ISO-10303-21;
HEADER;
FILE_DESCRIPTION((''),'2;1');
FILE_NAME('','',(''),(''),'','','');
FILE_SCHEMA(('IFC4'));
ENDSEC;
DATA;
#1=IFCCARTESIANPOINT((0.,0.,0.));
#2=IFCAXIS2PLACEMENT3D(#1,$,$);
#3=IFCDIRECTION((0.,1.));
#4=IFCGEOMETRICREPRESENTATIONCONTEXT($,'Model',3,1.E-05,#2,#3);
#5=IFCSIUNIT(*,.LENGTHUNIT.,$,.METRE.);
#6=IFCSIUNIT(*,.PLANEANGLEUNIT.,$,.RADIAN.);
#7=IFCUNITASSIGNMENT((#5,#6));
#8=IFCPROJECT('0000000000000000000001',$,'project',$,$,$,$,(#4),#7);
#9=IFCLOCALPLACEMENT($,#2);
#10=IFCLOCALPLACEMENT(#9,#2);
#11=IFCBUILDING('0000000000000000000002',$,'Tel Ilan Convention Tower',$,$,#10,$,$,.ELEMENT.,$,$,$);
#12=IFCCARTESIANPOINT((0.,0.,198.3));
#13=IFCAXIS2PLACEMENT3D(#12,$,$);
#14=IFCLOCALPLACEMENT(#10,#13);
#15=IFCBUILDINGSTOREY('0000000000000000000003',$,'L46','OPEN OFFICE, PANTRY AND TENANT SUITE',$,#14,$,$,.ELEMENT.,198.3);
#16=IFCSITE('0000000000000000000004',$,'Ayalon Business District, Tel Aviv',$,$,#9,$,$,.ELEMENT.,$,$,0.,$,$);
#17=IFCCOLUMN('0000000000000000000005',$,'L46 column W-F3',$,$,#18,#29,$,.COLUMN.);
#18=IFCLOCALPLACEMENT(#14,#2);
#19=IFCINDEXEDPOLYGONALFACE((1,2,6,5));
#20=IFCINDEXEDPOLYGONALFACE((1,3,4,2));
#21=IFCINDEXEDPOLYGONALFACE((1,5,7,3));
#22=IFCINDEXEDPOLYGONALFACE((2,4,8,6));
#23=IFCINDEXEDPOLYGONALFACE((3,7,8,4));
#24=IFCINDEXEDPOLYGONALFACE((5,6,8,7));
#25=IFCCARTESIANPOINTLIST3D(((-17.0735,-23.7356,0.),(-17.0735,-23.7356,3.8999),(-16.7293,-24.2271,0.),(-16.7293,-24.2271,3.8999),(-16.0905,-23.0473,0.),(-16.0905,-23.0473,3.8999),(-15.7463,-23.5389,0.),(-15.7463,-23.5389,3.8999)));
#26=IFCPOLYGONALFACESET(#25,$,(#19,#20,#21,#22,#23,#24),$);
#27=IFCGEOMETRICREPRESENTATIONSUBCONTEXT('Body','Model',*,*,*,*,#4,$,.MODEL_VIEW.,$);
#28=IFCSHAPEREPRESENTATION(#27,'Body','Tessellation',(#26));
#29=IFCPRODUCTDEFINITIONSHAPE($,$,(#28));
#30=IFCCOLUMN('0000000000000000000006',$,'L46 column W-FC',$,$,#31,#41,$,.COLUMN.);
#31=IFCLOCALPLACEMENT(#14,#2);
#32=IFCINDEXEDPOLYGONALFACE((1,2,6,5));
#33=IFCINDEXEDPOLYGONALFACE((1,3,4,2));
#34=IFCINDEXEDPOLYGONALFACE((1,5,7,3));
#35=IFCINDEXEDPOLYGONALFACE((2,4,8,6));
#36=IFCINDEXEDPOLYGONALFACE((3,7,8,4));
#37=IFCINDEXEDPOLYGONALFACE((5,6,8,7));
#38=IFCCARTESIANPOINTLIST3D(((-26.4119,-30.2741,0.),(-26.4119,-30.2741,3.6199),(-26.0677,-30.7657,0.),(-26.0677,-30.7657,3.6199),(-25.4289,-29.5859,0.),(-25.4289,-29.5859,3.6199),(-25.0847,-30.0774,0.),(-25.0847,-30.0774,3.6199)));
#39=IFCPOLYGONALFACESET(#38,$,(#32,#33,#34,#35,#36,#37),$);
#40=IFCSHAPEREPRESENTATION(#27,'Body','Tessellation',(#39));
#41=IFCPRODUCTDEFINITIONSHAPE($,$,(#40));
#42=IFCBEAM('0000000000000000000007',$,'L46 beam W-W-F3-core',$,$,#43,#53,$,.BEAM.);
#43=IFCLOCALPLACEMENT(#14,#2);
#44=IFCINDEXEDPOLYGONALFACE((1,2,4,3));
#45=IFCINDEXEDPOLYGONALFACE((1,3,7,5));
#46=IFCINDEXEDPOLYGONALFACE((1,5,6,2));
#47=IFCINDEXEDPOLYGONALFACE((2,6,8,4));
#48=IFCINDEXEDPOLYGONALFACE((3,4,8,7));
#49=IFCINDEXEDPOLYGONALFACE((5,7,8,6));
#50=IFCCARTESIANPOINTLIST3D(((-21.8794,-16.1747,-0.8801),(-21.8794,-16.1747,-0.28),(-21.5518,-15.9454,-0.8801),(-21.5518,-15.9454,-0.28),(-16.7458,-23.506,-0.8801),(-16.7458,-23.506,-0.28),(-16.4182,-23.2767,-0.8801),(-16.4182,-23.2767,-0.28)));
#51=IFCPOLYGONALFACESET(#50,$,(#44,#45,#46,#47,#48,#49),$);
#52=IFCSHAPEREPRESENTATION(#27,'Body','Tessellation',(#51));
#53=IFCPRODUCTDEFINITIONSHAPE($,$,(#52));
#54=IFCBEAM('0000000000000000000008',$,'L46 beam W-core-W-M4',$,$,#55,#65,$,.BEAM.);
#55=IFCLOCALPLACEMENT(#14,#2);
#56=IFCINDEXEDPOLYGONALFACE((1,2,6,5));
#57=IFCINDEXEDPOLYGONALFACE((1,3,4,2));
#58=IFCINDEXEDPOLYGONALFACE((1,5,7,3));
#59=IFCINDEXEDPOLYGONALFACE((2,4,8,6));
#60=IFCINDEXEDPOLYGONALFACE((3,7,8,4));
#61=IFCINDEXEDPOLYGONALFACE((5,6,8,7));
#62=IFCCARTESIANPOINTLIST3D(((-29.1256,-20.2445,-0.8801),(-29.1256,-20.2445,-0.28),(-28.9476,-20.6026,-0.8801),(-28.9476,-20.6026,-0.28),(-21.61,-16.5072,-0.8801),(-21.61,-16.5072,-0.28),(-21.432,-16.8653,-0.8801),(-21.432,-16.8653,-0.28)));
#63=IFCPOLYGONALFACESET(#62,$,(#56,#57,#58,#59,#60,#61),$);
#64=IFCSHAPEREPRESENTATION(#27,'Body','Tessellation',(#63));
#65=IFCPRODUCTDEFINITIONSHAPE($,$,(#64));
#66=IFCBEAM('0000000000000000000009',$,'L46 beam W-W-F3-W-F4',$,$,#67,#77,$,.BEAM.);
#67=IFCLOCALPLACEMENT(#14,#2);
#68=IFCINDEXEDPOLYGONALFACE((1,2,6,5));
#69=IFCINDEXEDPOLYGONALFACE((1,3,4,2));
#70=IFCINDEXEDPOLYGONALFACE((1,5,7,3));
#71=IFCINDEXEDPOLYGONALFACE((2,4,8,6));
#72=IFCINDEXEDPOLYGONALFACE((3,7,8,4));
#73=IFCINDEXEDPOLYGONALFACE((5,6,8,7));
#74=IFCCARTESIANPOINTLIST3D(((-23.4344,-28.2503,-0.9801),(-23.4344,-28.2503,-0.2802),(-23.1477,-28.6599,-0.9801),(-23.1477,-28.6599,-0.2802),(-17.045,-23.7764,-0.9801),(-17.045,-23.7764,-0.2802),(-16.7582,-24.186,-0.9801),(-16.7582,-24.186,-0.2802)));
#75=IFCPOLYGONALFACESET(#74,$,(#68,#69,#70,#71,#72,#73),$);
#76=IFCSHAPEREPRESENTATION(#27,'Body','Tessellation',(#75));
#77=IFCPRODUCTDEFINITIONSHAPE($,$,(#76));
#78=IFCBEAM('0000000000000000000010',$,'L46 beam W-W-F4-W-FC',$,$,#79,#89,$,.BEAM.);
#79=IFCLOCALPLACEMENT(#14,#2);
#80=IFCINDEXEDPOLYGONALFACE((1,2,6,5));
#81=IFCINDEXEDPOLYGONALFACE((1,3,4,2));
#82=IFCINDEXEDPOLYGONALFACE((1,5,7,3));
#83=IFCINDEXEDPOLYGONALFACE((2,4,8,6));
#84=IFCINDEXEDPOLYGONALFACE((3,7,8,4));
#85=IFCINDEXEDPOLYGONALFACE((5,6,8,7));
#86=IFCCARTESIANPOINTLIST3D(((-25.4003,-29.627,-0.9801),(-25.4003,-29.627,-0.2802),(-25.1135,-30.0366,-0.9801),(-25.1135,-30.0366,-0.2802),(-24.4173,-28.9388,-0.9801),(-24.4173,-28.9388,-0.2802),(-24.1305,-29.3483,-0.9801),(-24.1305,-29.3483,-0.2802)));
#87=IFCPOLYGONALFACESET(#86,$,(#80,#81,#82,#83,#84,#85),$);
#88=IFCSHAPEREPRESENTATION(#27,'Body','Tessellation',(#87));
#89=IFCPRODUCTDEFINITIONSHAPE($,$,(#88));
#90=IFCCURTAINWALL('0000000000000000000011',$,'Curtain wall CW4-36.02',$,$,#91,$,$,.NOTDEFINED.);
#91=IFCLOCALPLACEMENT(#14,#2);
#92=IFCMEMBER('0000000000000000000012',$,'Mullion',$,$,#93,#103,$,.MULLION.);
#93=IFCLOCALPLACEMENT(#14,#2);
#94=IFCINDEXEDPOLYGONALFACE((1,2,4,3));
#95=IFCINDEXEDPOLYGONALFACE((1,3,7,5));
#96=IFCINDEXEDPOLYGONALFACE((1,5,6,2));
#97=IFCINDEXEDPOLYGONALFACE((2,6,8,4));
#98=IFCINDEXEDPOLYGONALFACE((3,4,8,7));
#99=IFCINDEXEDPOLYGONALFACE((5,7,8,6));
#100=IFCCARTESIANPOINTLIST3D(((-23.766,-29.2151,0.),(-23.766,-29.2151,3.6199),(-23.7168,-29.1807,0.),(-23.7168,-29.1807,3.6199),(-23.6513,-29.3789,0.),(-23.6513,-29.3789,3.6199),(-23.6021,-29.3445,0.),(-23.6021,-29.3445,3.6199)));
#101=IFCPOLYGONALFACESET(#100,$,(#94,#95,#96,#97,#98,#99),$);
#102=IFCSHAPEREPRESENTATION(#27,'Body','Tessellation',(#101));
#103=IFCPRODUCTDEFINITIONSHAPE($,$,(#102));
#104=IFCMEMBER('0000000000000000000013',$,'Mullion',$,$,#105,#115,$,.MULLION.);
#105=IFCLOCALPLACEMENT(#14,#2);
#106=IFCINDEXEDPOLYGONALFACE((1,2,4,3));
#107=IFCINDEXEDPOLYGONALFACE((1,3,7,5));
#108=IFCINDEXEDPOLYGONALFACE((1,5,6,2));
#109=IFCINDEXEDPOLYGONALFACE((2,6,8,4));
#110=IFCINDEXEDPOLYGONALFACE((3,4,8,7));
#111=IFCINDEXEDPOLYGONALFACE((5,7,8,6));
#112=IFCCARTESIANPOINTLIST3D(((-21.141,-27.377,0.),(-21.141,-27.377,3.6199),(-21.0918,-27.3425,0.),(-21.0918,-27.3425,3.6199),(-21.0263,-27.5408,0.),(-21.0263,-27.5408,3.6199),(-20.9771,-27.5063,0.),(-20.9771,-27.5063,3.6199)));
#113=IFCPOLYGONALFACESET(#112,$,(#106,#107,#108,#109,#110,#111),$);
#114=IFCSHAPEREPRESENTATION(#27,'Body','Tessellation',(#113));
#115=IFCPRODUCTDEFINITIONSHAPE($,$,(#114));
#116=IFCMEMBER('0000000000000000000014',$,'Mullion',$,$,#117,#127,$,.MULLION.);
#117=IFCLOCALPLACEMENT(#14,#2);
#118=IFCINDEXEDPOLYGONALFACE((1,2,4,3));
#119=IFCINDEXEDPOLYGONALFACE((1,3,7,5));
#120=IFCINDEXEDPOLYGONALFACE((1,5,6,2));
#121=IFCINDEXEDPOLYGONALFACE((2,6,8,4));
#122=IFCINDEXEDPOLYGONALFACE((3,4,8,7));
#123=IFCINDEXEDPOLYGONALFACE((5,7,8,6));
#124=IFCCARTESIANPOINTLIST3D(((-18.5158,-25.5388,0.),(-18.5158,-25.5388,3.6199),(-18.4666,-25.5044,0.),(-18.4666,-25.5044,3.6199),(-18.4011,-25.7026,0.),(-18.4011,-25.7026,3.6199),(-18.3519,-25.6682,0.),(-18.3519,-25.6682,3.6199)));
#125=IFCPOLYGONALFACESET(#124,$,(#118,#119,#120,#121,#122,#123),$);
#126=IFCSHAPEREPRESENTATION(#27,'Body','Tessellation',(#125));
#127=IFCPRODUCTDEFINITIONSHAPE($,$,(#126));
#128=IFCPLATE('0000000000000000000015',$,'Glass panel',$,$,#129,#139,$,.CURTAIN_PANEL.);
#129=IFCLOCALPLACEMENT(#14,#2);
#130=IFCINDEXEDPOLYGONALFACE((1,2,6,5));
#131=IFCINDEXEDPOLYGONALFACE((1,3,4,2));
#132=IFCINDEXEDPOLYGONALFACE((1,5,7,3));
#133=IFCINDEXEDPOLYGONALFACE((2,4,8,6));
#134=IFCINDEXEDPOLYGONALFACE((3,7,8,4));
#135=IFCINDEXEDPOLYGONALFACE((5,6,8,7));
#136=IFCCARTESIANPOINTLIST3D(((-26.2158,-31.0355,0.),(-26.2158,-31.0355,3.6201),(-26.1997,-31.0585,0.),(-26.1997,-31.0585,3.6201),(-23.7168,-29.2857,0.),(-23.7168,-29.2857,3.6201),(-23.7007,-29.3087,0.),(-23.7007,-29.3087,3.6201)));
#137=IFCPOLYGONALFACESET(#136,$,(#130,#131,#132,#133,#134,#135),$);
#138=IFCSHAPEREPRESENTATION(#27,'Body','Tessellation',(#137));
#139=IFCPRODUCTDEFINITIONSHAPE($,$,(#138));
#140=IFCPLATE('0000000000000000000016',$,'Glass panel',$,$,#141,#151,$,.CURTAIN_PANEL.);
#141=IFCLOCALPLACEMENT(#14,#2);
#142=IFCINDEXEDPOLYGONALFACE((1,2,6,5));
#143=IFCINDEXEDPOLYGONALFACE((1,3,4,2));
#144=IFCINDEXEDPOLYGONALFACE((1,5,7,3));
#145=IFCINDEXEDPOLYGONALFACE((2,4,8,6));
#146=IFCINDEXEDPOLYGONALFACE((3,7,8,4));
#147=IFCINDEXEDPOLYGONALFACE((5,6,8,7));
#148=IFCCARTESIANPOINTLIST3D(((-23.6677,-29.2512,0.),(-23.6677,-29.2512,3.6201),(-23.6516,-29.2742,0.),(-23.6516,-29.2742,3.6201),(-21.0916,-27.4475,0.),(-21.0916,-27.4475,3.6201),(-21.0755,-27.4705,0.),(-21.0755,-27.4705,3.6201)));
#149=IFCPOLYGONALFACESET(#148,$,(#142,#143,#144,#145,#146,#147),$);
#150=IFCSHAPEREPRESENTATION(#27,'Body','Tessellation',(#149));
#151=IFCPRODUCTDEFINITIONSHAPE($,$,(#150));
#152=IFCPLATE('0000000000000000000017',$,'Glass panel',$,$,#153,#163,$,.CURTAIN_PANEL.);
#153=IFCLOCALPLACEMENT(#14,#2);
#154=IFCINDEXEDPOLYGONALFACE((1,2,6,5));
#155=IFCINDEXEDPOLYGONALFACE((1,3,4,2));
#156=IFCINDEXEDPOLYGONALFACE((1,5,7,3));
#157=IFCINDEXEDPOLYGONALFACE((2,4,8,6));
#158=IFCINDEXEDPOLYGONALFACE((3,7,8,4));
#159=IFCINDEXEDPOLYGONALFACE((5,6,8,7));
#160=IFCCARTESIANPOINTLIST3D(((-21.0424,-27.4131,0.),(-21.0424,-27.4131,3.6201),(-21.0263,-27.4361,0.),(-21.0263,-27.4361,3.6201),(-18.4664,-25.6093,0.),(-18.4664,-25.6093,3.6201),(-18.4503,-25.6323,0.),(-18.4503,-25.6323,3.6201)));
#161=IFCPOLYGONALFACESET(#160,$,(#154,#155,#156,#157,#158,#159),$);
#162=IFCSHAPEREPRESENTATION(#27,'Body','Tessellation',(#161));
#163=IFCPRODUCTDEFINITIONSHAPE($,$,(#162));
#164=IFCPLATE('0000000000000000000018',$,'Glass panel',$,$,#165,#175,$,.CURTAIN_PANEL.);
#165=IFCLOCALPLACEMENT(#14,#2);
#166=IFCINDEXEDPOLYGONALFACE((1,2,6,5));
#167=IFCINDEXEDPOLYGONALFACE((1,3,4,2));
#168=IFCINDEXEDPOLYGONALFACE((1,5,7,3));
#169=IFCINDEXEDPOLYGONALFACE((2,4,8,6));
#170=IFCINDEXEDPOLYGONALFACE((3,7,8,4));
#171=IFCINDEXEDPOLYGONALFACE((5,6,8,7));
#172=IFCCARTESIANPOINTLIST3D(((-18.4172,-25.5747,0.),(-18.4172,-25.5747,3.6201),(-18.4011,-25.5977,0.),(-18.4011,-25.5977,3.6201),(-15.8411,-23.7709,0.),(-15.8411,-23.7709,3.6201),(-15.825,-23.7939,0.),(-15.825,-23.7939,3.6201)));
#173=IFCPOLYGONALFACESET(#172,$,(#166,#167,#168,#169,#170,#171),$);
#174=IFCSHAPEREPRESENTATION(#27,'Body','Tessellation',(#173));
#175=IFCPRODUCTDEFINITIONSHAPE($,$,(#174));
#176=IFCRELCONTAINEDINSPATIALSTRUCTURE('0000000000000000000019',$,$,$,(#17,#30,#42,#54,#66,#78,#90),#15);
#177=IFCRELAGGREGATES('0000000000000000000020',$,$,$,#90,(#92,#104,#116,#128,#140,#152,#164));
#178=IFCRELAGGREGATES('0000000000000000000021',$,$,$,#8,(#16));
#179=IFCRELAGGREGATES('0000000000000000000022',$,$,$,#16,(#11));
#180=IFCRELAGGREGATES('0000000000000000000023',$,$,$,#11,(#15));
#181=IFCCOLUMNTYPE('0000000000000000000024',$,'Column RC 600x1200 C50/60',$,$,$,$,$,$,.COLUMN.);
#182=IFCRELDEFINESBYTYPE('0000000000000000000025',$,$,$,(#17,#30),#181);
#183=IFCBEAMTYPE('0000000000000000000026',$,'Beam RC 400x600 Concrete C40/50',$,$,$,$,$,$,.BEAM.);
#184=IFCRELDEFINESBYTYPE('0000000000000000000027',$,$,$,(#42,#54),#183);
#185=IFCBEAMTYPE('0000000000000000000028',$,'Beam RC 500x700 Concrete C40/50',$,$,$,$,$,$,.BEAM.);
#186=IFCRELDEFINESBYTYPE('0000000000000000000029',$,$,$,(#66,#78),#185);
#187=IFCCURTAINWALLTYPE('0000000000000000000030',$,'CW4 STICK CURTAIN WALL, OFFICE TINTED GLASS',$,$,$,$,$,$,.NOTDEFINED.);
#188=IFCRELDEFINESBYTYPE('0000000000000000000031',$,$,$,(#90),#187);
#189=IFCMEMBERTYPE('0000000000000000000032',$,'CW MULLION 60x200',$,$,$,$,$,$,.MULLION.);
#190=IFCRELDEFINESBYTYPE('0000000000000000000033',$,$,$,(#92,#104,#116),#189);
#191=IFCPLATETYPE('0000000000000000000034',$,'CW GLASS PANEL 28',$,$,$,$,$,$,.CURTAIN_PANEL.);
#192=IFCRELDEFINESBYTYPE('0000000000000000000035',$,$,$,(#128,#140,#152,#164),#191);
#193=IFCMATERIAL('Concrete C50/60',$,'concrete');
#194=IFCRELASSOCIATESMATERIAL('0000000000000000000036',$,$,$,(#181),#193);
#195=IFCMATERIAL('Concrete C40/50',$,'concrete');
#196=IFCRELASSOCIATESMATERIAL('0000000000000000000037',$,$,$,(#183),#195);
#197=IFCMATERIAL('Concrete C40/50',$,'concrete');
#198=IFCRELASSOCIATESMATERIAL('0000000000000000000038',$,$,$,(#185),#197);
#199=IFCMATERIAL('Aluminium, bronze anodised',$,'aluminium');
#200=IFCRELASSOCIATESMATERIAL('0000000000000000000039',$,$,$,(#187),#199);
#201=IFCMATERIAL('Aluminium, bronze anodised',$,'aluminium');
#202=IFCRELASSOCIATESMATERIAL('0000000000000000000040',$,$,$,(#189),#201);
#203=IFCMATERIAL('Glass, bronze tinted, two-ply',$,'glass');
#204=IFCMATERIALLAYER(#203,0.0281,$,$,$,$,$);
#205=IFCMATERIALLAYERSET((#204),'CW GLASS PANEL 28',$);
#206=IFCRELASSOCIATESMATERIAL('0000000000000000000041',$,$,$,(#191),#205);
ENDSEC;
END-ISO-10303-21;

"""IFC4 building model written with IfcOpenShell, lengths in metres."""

from ifc_helpers import new_model, si_unit, direction, frame, origin, origin_2d, place, context, subcontext, project, spatial, rectangle, extrude, material, layer, layer_set, material_profile, profile_set, type_object, element, aggregate, save


model = new_model("IFC4")

# Units and contexts
model_context = context("Model", 3, precision=1e-05, world=origin(), true_north=direction((0.0, 1.0)))
body_context = subcontext(model_context, "Body", "Model", "MODEL_VIEW")
ifc_project = project(units=[si_unit("LENGTHUNIT", "METRE"), si_unit("PLANEANGLEUNIT", "RADIAN")], contexts=[model_context])

# Site, building, storey
site_placement = place(None, origin())
site = spatial("IfcSite", under=ifc_project, at=site_placement, Name="Ayalon Business District, Tel Aviv", CompositionType="ELEMENT", RefElevation=0.0)
building_placement = place(site_placement, origin())
building = spatial("IfcBuilding", under=site, at=building_placement, Name="Tel Ilan Convention Tower", CompositionType="ELEMENT")
storey_placement = place(building_placement, frame((0.0, 0.0, 198.3)))
storey = spatial("IfcBuildingStorey", under=building, at=storey_placement, Name="L46", Description="OPEN OFFICE, PANTRY AND TENANT SUITE", CompositionType="ELEMENT", Elevation=198.3)

# Columns
ifc_material_1 = material(Name="Concrete C50/60", Category="concrete")
ifc_material_profile_1 = material_profile(ifc_material_1, rectangle(XDim=1.2, YDim=0.6001, at=origin_2d()), Name="RC 600x1200")
ifc_profile_set_1 = profile_set([ifc_material_profile_1], Name="Concrete C50/60")
column_type = type_object("IfcColumnType", Name="Column RC 600x1200 C50/60", PredefinedType="COLUMN", material=ifc_profile_set_1)
column_1_placement = place(storey_placement, frame((-16.4099, -23.6372, 0.0), z_axis=(0.0, 0.0, 1.0), x_axis=(-0.819152, -0.573576, 0.0)))
element("IfcColumn", 1, at=column_1_placement, inside=storey, type_object=column_type, Name="L46 column W-F3", PredefinedType="COLUMN", context=body_context, shape_type="SweptSolid", body=[
    extrude(rectangle(XDim=1.2, YDim=0.6001, at=origin_2d()), origin(), (0.0, 0.0, 1.0), 3.8999),
])
column_2_placement = place(storey_placement, frame((-25.7483, -30.1758, 0.0), z_axis=(0.0, 0.0, 1.0), x_axis=(-0.819152, -0.573576, 0.0)))
element("IfcColumn", 2, at=column_2_placement, inside=storey, type_object=column_type, Name="L46 column W-FC", PredefinedType="COLUMN", context=body_context, shape_type="SweptSolid", body=[
    extrude(rectangle(XDim=1.2, YDim=0.6001, at=origin_2d()), origin(), (0.0, 0.0, 1.0), 3.6199),
])

# Beams
ifc_material_2 = material(Name="Concrete C40/50", Category="concrete")
ifc_material_profile_2 = material_profile(ifc_material_2, rectangle(XDim=0.3999, YDim=0.6001, at=origin_2d()), Name="RC 400x600")
ifc_profile_set_2 = profile_set([ifc_material_profile_2], Name="Concrete C40/50")
beam_type_1 = type_object("IfcBeamType", Name="Beam RC 400x600 Concrete C40/50", PredefinedType="BEAM", material=ifc_profile_set_2)
beam_1_placement = place(storey_placement, frame((-16.582, -23.3914, -0.5801), z_axis=(-0.573585, 0.819146, 0.0), x_axis=(-0.819146, -0.573585, 0.0)))
element("IfcBeam", 3, at=beam_1_placement, inside=storey, type_object=beam_type_1, Name="L46 beam W-W-F3-core", PredefinedType="BEAM", context=body_context, shape_type="SweptSolid", body=[
    extrude(rectangle(XDim=0.3999, YDim=0.6001, at=origin_2d()), origin(), (0.0, 0.0, 1.0), 8.95),
])
beam_2_placement = place(storey_placement, frame((-21.521, -16.6863, -0.5801), z_axis=(-0.895402, -0.445258, 0.0), x_axis=(0.445258, -0.895402, 0.0)))
element("IfcBeam", 4, at=beam_2_placement, inside=storey, type_object=beam_type_1, Name="L46 beam W-core-W-M4", PredefinedType="BEAM", context=body_context, shape_type="SweptSolid", body=[
    extrude(rectangle(XDim=0.3999, YDim=0.6001, at=origin_2d()), origin(), (0.0, 0.0, 1.0), 8.3936),
])
ifc_material_3 = material(Name="Concrete C40/50", Category="concrete")
ifc_material_profile_3 = material_profile(ifc_material_3, rectangle(XDim=0.5, YDim=0.7, at=origin_2d()), Name="RC 500x700")
ifc_profile_set_3 = profile_set([ifc_material_profile_3], Name="Concrete C40/50")
beam_type_2 = type_object("IfcBeamType", Name="Beam RC 500x700 Concrete C40/50", PredefinedType="BEAM", material=ifc_profile_set_3)
beam_3_placement = place(storey_placement, frame((-16.9016, -23.9812, -0.6301), z_axis=(-0.819154, -0.573574, 0.0), x_axis=(0.573574, -0.819154, 0.0)))
element("IfcBeam", 5, at=beam_3_placement, inside=storey, type_object=beam_type_2, Name="L46 beam W-W-F3-W-F4", PredefinedType="BEAM", context=body_context, shape_type="SweptSolid", body=[
    extrude(rectangle(XDim=0.5, YDim=0.7, at=origin_2d()), origin(), (0.0, 0.0, 1.0), 7.8),
])
beam_4_placement = place(storey_placement, frame((-24.2739, -29.1436, -0.6301), z_axis=(-0.819155, -0.573572, 0.0), x_axis=(0.573572, -0.819155, 0.0)))
element("IfcBeam", 6, at=beam_4_placement, inside=storey, type_object=beam_type_2, Name="L46 beam W-W-F4-W-FC", PredefinedType="BEAM", context=body_context, shape_type="SweptSolid", body=[
    extrude(rectangle(XDim=0.5, YDim=0.7, at=origin_2d()), origin(), (0.0, 0.0, 1.0), 1.2),
])

# Curtain wall, members, plates
ifc_material_4 = material(Name="Aluminium, bronze anodised", Category="aluminium")
curtain_wall_type = type_object("IfcCurtainWallType", Name="CW4 STICK CURTAIN WALL, OFFICE TINTED GLASS", PredefinedType="NOTDEFINED", material=ifc_material_4)
curtain_wall_placement = place(storey_placement, origin())
curtain_wall = element("IfcCurtainWall", 7, at=curtain_wall_placement, inside=storey, type_object=curtain_wall_type, Name="Curtain wall CW4-36.02", PredefinedType="NOTDEFINED")
ifc_material_5 = material(Name="Aluminium, bronze anodised", Category="aluminium")
ifc_material_profile_4 = material_profile(ifc_material_5, rectangle(XDim=0.0601, YDim=0.2, at=origin_2d()), Name="CW MULLION 60x200")
ifc_profile_set_4 = profile_set([ifc_material_profile_4], Name="Aluminium, bronze anodised")
member_type = type_object("IfcMemberType", Name="CW MULLION 60x200", PredefinedType="MULLION", material=ifc_profile_set_4)
member_1_placement = place(storey_placement, frame((-23.6841, -29.2798, 0.0), z_axis=(0.0, 0.0, 1.0), x_axis=(0.819152, 0.573576, 0.0)))
member_1 = element("IfcMember", 8, at=member_1_placement, type_object=member_type, Name="Mullion", PredefinedType="MULLION", context=body_context, shape_type="SweptSolid", body=[
    extrude(rectangle(XDim=0.0601, YDim=0.2, at=origin_2d()), origin(), (0.0, 0.0, 1.0), 3.6199),
])
member_2_placement = place(storey_placement, frame((-21.0591, -27.4417, 0.0), z_axis=(0.0, 0.0, 1.0), x_axis=(0.819152, 0.573576, 0.0)))
member_2 = element("IfcMember", 9, at=member_2_placement, type_object=member_type, Name="Mullion", PredefinedType="MULLION", context=body_context, shape_type="SweptSolid", body=[
    extrude(rectangle(XDim=0.0601, YDim=0.2, at=origin_2d()), origin(), (0.0, 0.0, 1.0), 3.6199),
])
member_3_placement = place(storey_placement, frame((-18.4338, -25.6035, 0.0), z_axis=(0.0, 0.0, 1.0), x_axis=(0.819152, 0.573576, 0.0)))
member_3 = element("IfcMember", 10, at=member_3_placement, type_object=member_type, Name="Mullion", PredefinedType="MULLION", context=body_context, shape_type="SweptSolid", body=[
    extrude(rectangle(XDim=0.0601, YDim=0.2, at=origin_2d()), origin(), (0.0, 0.0, 1.0), 3.6199),
])
ifc_material_6 = material(Name="Glass, bronze tinted, two-ply", Category="glass")
ifc_layer_1 = layer(ifc_material_6, 0.0281)
ifc_layer_set_1 = layer_set([ifc_layer_1], Name="CW GLASS PANEL 28")
plate_type = type_object("IfcPlateType", Name="CW GLASS PANEL 28", PredefinedType="CURTAIN_PANEL", material=ifc_layer_set_1)
plate_1_placement = place(storey_placement, frame((-24.9583, -30.1721, 0.0), z_axis=(0.0, 0.0, 1.0), x_axis=(0.819152, 0.573576, 0.0)))
plate_1 = element("IfcPlate", 11, at=plate_1_placement, type_object=plate_type, Name="Glass panel", PredefinedType="CURTAIN_PANEL", context=body_context, shape_type="SweptSolid", body=[
    extrude(rectangle(XDim=3.0508, YDim=0.0281, at=origin_2d()), origin(), (0.0, 0.0, 1.0), 3.6201),
])
plate_2_placement = place(storey_placement, frame((-22.3716, -28.3608, 0.0), z_axis=(0.0, 0.0, 1.0), x_axis=(0.819152, 0.573576, 0.0)))
plate_2 = element("IfcPlate", 12, at=plate_2_placement, type_object=plate_type, Name="Glass panel", PredefinedType="CURTAIN_PANEL", context=body_context, shape_type="SweptSolid", body=[
    extrude(rectangle(XDim=3.1448, YDim=0.0281, at=origin_2d()), origin(), (0.0, 0.0, 1.0), 3.6201),
])
plate_3_placement = place(storey_placement, frame((-19.7463, -26.5227, 0.0), z_axis=(0.0, 0.0, 1.0), x_axis=(0.819152, 0.573576, 0.0)))
plate_3 = element("IfcPlate", 13, at=plate_3_placement, type_object=plate_type, Name="Glass panel", PredefinedType="CURTAIN_PANEL", context=body_context, shape_type="SweptSolid", body=[
    extrude(rectangle(XDim=3.1448, YDim=0.0281, at=origin_2d()), origin(), (0.0, 0.0, 1.0), 3.6201),
])
plate_4_placement = place(storey_placement, frame((-17.1211, -24.6843, 0.0), z_axis=(0.0, 0.0, 1.0), x_axis=(0.819152, 0.573576, 0.0)))
plate_4 = element("IfcPlate", 14, at=plate_4_placement, type_object=plate_type, Name="Glass panel", PredefinedType="CURTAIN_PANEL", context=body_context, shape_type="SweptSolid", body=[
    extrude(rectangle(XDim=3.1448, YDim=0.0281, at=origin_2d()), origin(), (0.0, 0.0, 1.0), 3.6201),
])
aggregate(curtain_wall, [member_1, member_2, member_3, plate_1, plate_2, plate_3, plate_4])

save(model, "model.ifc")
